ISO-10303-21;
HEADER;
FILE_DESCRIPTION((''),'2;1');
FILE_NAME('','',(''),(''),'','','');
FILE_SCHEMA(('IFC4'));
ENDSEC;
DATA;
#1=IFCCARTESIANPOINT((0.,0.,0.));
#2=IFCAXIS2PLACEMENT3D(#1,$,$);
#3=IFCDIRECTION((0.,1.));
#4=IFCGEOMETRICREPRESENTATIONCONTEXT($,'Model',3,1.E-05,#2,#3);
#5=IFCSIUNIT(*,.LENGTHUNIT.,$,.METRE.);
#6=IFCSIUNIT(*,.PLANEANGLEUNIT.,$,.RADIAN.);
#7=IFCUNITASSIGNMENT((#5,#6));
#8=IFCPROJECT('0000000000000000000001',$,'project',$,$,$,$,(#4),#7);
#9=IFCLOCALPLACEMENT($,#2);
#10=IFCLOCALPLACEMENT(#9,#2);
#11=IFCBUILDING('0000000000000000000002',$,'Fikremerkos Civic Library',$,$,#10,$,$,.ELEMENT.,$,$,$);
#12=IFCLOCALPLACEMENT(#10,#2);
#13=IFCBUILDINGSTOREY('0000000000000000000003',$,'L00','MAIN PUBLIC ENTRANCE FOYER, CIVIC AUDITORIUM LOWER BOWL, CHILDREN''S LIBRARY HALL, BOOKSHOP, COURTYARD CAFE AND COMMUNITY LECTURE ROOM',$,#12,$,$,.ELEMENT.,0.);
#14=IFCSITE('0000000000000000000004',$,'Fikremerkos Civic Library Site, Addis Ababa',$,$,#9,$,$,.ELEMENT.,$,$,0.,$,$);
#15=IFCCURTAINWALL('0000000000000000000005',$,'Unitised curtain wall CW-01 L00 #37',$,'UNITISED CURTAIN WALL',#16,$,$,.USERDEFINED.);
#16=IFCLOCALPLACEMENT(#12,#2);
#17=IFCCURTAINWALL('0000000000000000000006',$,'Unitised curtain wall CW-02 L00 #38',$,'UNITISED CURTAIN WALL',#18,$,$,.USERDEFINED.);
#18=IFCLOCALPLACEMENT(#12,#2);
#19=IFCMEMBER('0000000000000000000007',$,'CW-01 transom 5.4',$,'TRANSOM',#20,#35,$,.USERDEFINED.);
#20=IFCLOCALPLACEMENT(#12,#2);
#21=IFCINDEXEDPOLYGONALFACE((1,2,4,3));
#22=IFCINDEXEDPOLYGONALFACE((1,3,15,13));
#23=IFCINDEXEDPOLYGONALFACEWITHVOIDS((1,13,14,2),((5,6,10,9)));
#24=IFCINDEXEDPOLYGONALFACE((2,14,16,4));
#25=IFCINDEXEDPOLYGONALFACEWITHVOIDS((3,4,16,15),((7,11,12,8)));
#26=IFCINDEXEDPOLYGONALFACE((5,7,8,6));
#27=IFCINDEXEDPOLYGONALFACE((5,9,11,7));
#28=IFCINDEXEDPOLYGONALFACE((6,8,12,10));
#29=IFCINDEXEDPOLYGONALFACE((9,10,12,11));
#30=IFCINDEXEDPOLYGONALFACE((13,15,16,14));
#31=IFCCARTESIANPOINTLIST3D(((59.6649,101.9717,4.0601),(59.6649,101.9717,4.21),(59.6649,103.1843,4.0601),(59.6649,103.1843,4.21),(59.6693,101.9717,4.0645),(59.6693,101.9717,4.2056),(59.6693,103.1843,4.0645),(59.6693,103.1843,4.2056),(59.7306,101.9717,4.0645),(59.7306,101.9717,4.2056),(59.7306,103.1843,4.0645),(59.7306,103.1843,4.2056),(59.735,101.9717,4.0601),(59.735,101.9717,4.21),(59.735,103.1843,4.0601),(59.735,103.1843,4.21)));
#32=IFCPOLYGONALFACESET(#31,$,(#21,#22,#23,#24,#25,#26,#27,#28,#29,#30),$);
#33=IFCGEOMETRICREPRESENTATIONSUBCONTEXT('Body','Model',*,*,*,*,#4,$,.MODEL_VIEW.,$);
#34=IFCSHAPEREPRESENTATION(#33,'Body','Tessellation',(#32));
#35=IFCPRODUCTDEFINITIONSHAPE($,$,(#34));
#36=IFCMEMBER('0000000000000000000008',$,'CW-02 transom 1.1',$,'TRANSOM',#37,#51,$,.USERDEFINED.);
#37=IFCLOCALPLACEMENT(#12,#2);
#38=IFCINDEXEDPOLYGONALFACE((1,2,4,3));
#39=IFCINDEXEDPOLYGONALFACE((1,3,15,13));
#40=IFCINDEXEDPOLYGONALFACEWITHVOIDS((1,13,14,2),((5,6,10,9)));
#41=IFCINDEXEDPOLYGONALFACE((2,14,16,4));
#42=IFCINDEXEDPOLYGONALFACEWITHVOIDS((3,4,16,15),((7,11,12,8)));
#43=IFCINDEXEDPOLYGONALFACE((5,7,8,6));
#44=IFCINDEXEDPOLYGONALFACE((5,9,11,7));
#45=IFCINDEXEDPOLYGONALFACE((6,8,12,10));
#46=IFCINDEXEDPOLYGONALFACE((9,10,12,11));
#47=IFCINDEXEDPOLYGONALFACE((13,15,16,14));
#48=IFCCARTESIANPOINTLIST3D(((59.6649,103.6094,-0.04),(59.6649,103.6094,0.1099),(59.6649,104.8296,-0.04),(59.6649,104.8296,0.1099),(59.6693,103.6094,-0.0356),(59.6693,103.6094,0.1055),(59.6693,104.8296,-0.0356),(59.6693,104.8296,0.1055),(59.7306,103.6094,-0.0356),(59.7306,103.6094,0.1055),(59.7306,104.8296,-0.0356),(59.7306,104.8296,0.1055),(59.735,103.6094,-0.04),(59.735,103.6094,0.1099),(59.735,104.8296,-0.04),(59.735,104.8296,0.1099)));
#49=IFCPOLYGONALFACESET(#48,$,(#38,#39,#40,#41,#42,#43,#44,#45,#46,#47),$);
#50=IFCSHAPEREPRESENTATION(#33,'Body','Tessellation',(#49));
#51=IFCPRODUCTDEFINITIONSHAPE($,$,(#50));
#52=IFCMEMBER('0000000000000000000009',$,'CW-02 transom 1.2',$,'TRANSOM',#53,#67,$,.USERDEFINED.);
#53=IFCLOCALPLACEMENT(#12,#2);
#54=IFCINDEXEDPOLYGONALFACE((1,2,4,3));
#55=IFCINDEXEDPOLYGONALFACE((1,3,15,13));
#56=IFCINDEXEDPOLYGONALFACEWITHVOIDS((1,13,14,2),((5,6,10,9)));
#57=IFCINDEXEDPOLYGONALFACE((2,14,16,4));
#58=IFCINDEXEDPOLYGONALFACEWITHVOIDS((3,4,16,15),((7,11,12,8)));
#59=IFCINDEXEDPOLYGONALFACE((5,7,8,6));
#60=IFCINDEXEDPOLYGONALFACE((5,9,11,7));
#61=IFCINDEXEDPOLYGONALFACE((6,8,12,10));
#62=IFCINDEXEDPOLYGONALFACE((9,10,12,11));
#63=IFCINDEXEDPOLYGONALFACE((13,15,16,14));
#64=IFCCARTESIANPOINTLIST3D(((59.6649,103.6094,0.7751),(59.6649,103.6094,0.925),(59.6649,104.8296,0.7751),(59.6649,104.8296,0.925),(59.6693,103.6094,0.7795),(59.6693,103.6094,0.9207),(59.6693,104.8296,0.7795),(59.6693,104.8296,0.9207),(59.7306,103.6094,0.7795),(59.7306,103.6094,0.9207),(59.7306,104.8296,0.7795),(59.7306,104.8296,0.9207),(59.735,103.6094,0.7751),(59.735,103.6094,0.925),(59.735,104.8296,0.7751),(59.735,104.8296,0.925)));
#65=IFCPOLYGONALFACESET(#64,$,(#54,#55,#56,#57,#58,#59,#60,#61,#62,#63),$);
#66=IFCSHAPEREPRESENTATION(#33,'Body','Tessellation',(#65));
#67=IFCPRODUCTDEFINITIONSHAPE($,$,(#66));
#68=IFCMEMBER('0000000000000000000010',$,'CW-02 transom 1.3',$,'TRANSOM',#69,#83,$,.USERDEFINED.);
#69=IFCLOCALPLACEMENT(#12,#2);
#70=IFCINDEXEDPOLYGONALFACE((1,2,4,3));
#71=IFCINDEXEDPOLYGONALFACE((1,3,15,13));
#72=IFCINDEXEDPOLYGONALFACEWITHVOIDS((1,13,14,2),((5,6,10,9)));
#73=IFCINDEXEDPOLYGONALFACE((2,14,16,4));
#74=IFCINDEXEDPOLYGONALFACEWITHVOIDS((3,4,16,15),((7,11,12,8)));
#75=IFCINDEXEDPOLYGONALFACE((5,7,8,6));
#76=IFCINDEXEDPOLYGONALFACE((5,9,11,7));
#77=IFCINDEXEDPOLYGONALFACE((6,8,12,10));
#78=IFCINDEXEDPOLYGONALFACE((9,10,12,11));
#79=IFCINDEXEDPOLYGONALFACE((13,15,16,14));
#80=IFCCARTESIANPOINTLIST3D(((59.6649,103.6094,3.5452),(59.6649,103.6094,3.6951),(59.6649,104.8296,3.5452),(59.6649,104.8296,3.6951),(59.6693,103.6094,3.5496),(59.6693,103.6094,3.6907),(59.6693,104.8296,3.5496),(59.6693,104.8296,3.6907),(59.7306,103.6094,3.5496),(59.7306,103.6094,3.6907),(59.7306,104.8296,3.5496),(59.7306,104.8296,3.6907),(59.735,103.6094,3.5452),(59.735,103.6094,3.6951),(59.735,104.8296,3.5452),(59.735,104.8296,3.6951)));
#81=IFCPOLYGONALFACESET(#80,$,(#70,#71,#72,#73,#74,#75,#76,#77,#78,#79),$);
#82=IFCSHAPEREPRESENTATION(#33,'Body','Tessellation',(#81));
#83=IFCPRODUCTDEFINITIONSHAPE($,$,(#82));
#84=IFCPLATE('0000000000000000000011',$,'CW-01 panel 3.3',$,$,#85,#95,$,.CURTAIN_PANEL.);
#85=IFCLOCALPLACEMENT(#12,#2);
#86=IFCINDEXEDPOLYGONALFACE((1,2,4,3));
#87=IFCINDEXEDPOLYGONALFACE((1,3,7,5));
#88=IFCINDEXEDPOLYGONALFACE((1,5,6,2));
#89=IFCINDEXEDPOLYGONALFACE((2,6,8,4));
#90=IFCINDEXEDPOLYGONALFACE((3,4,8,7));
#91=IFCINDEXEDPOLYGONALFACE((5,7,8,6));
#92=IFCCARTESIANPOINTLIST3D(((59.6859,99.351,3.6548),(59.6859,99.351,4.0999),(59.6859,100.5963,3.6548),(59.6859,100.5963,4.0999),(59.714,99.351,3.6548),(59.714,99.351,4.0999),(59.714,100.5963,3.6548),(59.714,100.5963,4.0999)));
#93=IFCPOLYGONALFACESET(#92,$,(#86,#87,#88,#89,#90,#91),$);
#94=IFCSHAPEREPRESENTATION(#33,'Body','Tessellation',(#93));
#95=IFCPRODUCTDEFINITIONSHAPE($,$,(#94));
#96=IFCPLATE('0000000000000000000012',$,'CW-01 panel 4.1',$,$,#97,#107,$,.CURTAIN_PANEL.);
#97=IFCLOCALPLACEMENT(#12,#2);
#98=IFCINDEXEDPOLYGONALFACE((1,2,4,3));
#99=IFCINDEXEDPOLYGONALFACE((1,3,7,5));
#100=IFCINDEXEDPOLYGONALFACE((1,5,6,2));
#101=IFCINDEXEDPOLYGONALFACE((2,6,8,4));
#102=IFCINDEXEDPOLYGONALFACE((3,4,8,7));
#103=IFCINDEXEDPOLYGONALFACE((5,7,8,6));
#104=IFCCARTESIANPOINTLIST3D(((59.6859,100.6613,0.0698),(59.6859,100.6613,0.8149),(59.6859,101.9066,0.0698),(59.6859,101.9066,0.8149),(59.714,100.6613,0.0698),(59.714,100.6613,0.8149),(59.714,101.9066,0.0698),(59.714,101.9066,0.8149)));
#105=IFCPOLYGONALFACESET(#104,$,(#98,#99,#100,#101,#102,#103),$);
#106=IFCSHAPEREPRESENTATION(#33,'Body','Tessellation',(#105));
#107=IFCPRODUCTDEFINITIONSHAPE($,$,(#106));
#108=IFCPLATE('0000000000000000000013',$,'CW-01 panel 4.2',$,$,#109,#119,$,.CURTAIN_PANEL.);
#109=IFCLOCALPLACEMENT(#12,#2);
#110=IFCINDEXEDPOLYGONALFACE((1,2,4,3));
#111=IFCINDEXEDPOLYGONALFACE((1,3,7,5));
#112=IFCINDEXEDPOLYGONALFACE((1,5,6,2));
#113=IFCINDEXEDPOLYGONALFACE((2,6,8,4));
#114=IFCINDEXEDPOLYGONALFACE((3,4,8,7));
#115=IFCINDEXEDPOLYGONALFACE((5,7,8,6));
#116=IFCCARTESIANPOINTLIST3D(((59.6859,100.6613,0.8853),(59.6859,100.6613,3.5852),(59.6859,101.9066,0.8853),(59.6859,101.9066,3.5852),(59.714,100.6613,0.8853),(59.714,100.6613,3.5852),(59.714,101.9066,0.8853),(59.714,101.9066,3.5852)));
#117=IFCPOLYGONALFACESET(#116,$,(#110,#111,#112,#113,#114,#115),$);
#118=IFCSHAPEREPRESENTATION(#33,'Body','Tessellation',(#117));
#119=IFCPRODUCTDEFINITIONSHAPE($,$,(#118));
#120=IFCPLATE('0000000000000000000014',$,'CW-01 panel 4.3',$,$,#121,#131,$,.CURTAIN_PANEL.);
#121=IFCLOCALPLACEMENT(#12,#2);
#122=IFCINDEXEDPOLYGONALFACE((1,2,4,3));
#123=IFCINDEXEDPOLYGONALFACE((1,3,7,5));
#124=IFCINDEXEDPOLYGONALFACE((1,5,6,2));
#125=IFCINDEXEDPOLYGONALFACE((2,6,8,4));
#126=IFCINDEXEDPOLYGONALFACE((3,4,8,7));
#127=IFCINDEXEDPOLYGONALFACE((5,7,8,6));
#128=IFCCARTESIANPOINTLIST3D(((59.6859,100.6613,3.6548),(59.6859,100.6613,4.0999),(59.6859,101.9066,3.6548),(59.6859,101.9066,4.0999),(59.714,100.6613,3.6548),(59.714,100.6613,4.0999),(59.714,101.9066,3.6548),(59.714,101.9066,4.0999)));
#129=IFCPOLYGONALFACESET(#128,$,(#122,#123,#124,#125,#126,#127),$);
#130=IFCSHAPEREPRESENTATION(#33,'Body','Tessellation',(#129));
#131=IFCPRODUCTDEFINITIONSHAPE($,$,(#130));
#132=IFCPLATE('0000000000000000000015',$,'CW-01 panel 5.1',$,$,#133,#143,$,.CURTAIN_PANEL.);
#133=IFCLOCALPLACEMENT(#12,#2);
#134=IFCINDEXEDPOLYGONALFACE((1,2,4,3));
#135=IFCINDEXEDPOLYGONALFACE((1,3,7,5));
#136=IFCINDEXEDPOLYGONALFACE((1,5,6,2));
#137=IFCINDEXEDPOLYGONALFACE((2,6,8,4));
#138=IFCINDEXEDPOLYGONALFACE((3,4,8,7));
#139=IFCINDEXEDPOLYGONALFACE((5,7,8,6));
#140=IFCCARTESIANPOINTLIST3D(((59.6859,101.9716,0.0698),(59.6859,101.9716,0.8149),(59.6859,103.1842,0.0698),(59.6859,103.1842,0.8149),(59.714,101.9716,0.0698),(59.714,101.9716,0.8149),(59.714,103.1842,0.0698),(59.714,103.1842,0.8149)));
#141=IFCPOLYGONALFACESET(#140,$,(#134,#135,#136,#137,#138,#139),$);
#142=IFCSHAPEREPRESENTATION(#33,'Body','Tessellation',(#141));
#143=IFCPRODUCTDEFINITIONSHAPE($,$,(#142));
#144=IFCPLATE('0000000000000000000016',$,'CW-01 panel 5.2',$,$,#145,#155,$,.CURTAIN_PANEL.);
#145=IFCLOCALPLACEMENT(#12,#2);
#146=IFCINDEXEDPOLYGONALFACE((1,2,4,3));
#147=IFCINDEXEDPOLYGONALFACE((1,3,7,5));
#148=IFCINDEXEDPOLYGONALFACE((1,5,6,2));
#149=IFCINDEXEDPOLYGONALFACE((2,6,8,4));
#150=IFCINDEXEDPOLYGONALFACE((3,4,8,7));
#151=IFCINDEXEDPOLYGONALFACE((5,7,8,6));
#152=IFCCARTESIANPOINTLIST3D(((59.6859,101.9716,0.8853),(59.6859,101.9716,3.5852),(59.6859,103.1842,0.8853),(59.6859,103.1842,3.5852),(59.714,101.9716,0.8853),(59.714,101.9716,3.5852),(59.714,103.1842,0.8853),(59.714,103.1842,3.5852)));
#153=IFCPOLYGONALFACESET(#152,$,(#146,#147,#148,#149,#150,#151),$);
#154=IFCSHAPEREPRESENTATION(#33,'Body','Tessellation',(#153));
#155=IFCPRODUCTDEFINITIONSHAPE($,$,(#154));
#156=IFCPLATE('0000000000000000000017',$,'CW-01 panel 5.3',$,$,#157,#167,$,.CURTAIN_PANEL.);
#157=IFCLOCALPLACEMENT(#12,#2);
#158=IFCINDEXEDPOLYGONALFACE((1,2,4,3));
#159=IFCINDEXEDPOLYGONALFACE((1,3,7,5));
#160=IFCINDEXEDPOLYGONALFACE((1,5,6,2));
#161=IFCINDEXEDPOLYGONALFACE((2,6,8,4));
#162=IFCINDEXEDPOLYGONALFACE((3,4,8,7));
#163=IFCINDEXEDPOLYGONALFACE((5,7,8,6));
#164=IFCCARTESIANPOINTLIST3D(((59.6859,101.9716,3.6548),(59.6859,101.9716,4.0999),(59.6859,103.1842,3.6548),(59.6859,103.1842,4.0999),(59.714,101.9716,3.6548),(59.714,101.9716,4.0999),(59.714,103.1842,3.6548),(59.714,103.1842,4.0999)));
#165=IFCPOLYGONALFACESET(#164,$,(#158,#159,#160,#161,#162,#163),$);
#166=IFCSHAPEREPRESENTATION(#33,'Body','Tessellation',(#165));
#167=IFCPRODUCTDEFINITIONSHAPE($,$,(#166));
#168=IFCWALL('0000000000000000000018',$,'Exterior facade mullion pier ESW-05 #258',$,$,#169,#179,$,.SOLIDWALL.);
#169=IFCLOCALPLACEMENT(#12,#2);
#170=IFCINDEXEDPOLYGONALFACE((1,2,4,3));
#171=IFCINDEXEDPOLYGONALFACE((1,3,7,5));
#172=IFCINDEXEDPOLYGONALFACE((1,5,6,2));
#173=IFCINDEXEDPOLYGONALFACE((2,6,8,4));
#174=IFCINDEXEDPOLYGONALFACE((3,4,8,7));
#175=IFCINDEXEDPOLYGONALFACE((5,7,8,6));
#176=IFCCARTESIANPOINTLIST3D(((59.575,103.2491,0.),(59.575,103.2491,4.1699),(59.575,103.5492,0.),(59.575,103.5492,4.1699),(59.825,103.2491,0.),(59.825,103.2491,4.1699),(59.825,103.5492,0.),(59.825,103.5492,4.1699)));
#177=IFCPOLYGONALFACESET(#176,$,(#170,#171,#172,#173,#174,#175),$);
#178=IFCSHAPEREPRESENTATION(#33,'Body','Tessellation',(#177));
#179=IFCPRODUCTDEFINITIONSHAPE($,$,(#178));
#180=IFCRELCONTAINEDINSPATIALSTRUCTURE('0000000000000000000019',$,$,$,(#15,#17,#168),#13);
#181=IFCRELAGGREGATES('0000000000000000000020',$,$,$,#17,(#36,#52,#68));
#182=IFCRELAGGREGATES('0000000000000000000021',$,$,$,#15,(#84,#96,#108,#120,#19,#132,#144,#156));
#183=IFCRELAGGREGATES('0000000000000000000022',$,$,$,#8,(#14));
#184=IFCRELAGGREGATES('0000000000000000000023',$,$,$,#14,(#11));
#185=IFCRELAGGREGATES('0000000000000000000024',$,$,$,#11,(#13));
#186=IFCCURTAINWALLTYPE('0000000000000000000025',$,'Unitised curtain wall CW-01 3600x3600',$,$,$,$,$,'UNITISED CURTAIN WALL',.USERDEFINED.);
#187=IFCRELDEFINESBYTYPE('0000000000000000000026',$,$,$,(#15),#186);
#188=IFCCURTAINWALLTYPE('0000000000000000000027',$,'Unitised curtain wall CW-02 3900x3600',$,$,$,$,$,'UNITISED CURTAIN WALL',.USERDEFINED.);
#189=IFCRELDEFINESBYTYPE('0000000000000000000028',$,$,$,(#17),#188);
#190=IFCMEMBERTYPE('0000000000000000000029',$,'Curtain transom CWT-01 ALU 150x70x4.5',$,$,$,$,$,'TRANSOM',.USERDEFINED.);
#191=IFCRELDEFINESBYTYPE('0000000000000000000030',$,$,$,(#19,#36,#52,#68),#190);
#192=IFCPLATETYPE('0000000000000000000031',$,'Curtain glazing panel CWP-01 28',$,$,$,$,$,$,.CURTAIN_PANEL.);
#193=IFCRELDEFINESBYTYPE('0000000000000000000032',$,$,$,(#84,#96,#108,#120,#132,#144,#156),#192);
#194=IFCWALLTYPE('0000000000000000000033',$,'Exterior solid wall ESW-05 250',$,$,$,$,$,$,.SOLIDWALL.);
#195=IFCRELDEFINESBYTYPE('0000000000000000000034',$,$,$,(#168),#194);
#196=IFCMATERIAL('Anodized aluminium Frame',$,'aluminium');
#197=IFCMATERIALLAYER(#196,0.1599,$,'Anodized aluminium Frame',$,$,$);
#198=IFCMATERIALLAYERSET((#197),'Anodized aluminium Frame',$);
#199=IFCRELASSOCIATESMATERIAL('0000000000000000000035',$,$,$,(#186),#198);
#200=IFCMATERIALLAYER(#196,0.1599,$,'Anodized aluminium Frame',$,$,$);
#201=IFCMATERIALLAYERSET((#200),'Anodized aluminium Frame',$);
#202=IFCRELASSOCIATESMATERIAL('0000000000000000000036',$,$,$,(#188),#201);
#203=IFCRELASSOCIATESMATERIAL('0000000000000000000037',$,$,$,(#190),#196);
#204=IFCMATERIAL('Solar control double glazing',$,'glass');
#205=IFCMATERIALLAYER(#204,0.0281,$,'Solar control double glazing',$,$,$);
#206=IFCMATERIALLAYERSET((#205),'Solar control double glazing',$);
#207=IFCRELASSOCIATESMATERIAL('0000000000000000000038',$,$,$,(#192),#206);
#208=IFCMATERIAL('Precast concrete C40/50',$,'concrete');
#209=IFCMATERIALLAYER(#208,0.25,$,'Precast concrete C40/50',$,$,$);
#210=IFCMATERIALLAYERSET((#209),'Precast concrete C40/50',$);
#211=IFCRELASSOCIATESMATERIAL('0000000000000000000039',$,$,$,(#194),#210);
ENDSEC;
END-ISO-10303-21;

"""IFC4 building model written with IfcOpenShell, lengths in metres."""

from ifc_helpers import new_model, si_unit, direction, frame, frame_2d, origin, origin_2d, place, context, subcontext, project, spatial, rectangle, hollow_rectangle, extrude, material, layer, layer_set, material_profile, profile_set, type_object, element, aggregate, save


model = new_model("IFC4")

# Units and contexts
model_context = context("Model", 3, precision=1e-05, world=origin(), true_north=direction((0.0, 1.0)))
body_context = subcontext(model_context, "Body", "Model", "MODEL_VIEW")
ifc_project = project(units=[si_unit("LENGTHUNIT", "METRE"), si_unit("PLANEANGLEUNIT", "RADIAN")], contexts=[model_context])

# Site, building, storey
site_placement = place(None, origin())
site = spatial("IfcSite", under=ifc_project, at=site_placement, Name="Fikremerkos Civic Library Site, Addis Ababa", CompositionType="ELEMENT", RefElevation=0.0)
building_placement = place(site_placement, origin())
building = spatial("IfcBuilding", under=site, at=building_placement, Name="Fikremerkos Civic Library", CompositionType="ELEMENT")
storey_placement = place(building_placement, origin())
storey = spatial("IfcBuildingStorey", under=building, at=storey_placement, Name="L00", Description="MAIN PUBLIC ENTRANCE FOYER, CIVIC AUDITORIUM LOWER BOWL, CHILDREN'S LIBRARY HALL, BOOKSHOP, COURTYARD CAFE AND COMMUNITY LECTURE ROOM", CompositionType="ELEMENT", Elevation=0.0)

# Curtain wall
ifc_material_1 = material(Name="Anodized aluminium Frame", Category="aluminium")
ifc_layer_1 = layer(ifc_material_1, 0.1599, Name="Anodized aluminium Frame")
ifc_layer_set_1 = layer_set([ifc_layer_1], Name="Anodized aluminium Frame")
curtain_wall_type_1 = type_object("IfcCurtainWallType", Name="Unitised curtain wall CW-01 3600x3600", ElementType="UNITISED CURTAIN WALL", PredefinedType="USERDEFINED", material=ifc_layer_set_1)
curtain_wall_1_placement = place(storey_placement, origin())
curtain_wall_1 = element("IfcCurtainWall", 1, at=curtain_wall_1_placement, inside=storey, type_object=curtain_wall_type_1, Name="Unitised curtain wall CW-01 L00 #37", ObjectType="UNITISED CURTAIN WALL", PredefinedType="USERDEFINED")

# Curtain wall
ifc_layer_2 = layer(ifc_material_1, 0.1599, Name="Anodized aluminium Frame")
ifc_layer_set_2 = layer_set([ifc_layer_2], Name="Anodized aluminium Frame")
curtain_wall_type_2 = type_object("IfcCurtainWallType", Name="Unitised curtain wall CW-02 3900x3600", ElementType="UNITISED CURTAIN WALL", PredefinedType="USERDEFINED", material=ifc_layer_set_2)
curtain_wall_2_placement = place(storey_placement, origin())
curtain_wall_2 = element("IfcCurtainWall", 2, at=curtain_wall_2_placement, inside=storey, type_object=curtain_wall_type_2, Name="Unitised curtain wall CW-02 L00 #38", ObjectType="UNITISED CURTAIN WALL", PredefinedType="USERDEFINED")

# Members
ifc_material_profile_1 = material_profile(ifc_material_1, hollow_rectangle(XDim=0.0701, YDim=0.1499, WallThickness=0.0044, at=origin_2d()), Name="ALU 150x70x4.5")
ifc_profile_set_1 = profile_set([ifc_material_profile_1], Name="Anodized aluminium Frame")
member_type_1 = type_object("IfcMemberType", Name="Curtain transom CWT-01 ALU 150x70x4.5", ElementType="TRANSOM", PredefinedType="USERDEFINED", material=ifc_profile_set_1)
member_1_placement = place(storey_placement, frame((59.7, 101.9717, 4.135), z_axis=(0.0, 1.0, 0.0), x_axis=(-1.0, 0.0, 0.0)))
member_1 = element("IfcMember", 3, at=member_1_placement, type_object=member_type_1, Name="CW-01 transom 5.4", ObjectType="TRANSOM", PredefinedType="USERDEFINED", context=body_context, shape_type="SweptSolid", body=[
    extrude(hollow_rectangle(XDim=0.0701, YDim=0.1499, WallThickness=0.0044, at=origin_2d()), origin(), (0.0, 0.0, 1.0), 1.2126),
])
member_2_placement = place(storey_placement, frame((59.7, 103.6094, 0.0349), z_axis=(0.0, 1.0, 0.0), x_axis=(-1.0, 0.0, 0.0)))
member_2 = element("IfcMember", 4, at=member_2_placement, type_object=member_type_1, Name="CW-02 transom 1.1", ObjectType="TRANSOM", PredefinedType="USERDEFINED", context=body_context, shape_type="SweptSolid", body=[
    extrude(hollow_rectangle(XDim=0.0701, YDim=0.1499, WallThickness=0.0044, at=origin_2d()), origin(), (0.0, 0.0, 1.0), 1.2202),
])
member_3_placement = place(storey_placement, frame((59.7, 103.6094, 0.8501), z_axis=(0.0, 1.0, 0.0), x_axis=(-1.0, 0.0, 0.0)))
member_3 = element("IfcMember", 5, at=member_3_placement, type_object=member_type_1, Name="CW-02 transom 1.2", ObjectType="TRANSOM", PredefinedType="USERDEFINED", context=body_context, shape_type="SweptSolid", body=[
    extrude(hollow_rectangle(XDim=0.0701, YDim=0.1499, WallThickness=0.0044, at=origin_2d()), origin(), (0.0, 0.0, 1.0), 1.2202),
])
member_4_placement = place(storey_placement, frame((59.7, 103.6094, 3.6201), z_axis=(0.0, 1.0, 0.0), x_axis=(-1.0, 0.0, 0.0)))
member_4 = element("IfcMember", 6, at=member_4_placement, type_object=member_type_1, Name="CW-02 transom 1.3", ObjectType="TRANSOM", PredefinedType="USERDEFINED", context=body_context, shape_type="SweptSolid", body=[
    extrude(hollow_rectangle(XDim=0.0701, YDim=0.1499, WallThickness=0.0044, at=origin_2d()), origin(), (0.0, 0.0, 1.0), 1.2202),
])
aggregate(curtain_wall_2, [member_2, member_3, member_4])

# Plates
ifc_material_2 = material(Name="Solar control double glazing", Category="glass")
ifc_layer_3 = layer(ifc_material_2, 0.0281, Name="Solar control double glazing")
ifc_layer_set_3 = layer_set([ifc_layer_3], Name="Solar control double glazing")
plate_type = type_object("IfcPlateType", Name="Curtain glazing panel CWP-01 28", PredefinedType="CURTAIN_PANEL", material=ifc_layer_set_3)
plate_1_placement = place(storey_placement, frame((59.7, 99.9736, 3.6548), z_axis=(0.0, 0.0, 1.0), x_axis=(0.0, 1.0, 0.0)))
plate_1 = element("IfcPlate", 7, at=plate_1_placement, type_object=plate_type, Name="CW-01 panel 3.3", PredefinedType="CURTAIN_PANEL", context=body_context, shape_type="SweptSolid", body=[
    extrude(rectangle(XDim=1.2454, YDim=0.0281, at=origin_2d()), origin(), (0.0, 0.0, 1.0), 0.4451),
])
plate_2_placement = place(storey_placement, frame((59.7, 101.2839, 0.0698), z_axis=(0.0, 0.0, 1.0), x_axis=(0.0, 1.0, 0.0)))
plate_2 = element("IfcPlate", 8, at=plate_2_placement, type_object=plate_type, Name="CW-01 panel 4.1", PredefinedType="CURTAIN_PANEL", context=body_context, shape_type="SweptSolid", body=[
    extrude(rectangle(XDim=1.2454, YDim=0.0281, at=origin_2d()), origin(), (0.0, 0.0, 1.0), 0.7451),
])
plate_3_placement = place(storey_placement, frame((59.7, 101.2839, 0.8853), z_axis=(0.0, 0.0, 1.0), x_axis=(0.0, 1.0, 0.0)))
plate_3 = element("IfcPlate", 9, at=plate_3_placement, type_object=plate_type, Name="CW-01 panel 4.2", PredefinedType="CURTAIN_PANEL", context=body_context, shape_type="SweptSolid", body=[
    extrude(rectangle(XDim=1.2454, YDim=0.0281, at=origin_2d()), origin(), (0.0, 0.0, 1.0), 2.7),
])
plate_4_placement = place(storey_placement, frame((59.7, 101.2839, 3.6548), z_axis=(0.0, 0.0, 1.0), x_axis=(0.0, 1.0, 0.0)))
plate_4 = element("IfcPlate", 10, at=plate_4_placement, type_object=plate_type, Name="CW-01 panel 4.3", PredefinedType="CURTAIN_PANEL", context=body_context, shape_type="SweptSolid", body=[
    extrude(rectangle(XDim=1.2454, YDim=0.0281, at=origin_2d()), origin(), (0.0, 0.0, 1.0), 0.4451),
])
plate_5_placement = place(storey_placement, frame((59.7, 102.5779, 0.0698), z_axis=(0.0, 0.0, 1.0), x_axis=(0.0, 1.0, 0.0)))
plate_5 = element("IfcPlate", 11, at=plate_5_placement, type_object=plate_type, Name="CW-01 panel 5.1", PredefinedType="CURTAIN_PANEL", context=body_context, shape_type="SweptSolid", body=[
    extrude(rectangle(XDim=1.2126, YDim=0.0281, at=origin_2d()), origin(), (0.0, 0.0, 1.0), 0.7451),
])
plate_6_placement = place(storey_placement, frame((59.7, 102.5779, 0.8853), z_axis=(0.0, 0.0, 1.0), x_axis=(0.0, 1.0, 0.0)))
plate_6 = element("IfcPlate", 12, at=plate_6_placement, type_object=plate_type, Name="CW-01 panel 5.2", PredefinedType="CURTAIN_PANEL", context=body_context, shape_type="SweptSolid", body=[
    extrude(rectangle(XDim=1.2126, YDim=0.0281, at=origin_2d()), origin(), (0.0, 0.0, 1.0), 2.7),
])
plate_7_placement = place(storey_placement, frame((59.7, 102.5779, 3.6548), z_axis=(0.0, 0.0, 1.0), x_axis=(0.0, 1.0, 0.0)))
plate_7 = element("IfcPlate", 13, at=plate_7_placement, type_object=plate_type, Name="CW-01 panel 5.3", PredefinedType="CURTAIN_PANEL", context=body_context, shape_type="SweptSolid", body=[
    extrude(rectangle(XDim=1.2126, YDim=0.0281, at=origin_2d()), origin(), (0.0, 0.0, 1.0), 0.4451),
])
aggregate(curtain_wall_1, [plate_1, plate_2, plate_3, plate_4, member_1, plate_5, plate_6, plate_7])

# Wall
ifc_material_3 = material(Name="Precast concrete C40/50", Category="concrete")
ifc_layer_4 = layer(ifc_material_3, 0.25, Name="Precast concrete C40/50")
ifc_layer_set_4 = layer_set([ifc_layer_4], Name="Precast concrete C40/50")
wall_type = type_object("IfcWallType", Name="Exterior solid wall ESW-05 250", PredefinedType="SOLIDWALL", material=ifc_layer_set_4)
wall_placement = place(storey_placement, frame((59.7, 103.2493, 0.0), z_axis=(0.0, 0.0, 1.0), x_axis=(0.0, 1.0, 0.0)))
element("IfcWall", 14, at=wall_placement, inside=storey, type_object=wall_type, Name="Exterior facade mullion pier ESW-05 #258", PredefinedType="SOLIDWALL", context=body_context, shape_type="SweptSolid", body=[
    extrude(rectangle(XDim=0.3, YDim=0.25, at=frame_2d((0.1499, 0.0))), origin(), (0.0, 0.0, 1.0), 4.1699),
])

save(model, "model.ifc")
